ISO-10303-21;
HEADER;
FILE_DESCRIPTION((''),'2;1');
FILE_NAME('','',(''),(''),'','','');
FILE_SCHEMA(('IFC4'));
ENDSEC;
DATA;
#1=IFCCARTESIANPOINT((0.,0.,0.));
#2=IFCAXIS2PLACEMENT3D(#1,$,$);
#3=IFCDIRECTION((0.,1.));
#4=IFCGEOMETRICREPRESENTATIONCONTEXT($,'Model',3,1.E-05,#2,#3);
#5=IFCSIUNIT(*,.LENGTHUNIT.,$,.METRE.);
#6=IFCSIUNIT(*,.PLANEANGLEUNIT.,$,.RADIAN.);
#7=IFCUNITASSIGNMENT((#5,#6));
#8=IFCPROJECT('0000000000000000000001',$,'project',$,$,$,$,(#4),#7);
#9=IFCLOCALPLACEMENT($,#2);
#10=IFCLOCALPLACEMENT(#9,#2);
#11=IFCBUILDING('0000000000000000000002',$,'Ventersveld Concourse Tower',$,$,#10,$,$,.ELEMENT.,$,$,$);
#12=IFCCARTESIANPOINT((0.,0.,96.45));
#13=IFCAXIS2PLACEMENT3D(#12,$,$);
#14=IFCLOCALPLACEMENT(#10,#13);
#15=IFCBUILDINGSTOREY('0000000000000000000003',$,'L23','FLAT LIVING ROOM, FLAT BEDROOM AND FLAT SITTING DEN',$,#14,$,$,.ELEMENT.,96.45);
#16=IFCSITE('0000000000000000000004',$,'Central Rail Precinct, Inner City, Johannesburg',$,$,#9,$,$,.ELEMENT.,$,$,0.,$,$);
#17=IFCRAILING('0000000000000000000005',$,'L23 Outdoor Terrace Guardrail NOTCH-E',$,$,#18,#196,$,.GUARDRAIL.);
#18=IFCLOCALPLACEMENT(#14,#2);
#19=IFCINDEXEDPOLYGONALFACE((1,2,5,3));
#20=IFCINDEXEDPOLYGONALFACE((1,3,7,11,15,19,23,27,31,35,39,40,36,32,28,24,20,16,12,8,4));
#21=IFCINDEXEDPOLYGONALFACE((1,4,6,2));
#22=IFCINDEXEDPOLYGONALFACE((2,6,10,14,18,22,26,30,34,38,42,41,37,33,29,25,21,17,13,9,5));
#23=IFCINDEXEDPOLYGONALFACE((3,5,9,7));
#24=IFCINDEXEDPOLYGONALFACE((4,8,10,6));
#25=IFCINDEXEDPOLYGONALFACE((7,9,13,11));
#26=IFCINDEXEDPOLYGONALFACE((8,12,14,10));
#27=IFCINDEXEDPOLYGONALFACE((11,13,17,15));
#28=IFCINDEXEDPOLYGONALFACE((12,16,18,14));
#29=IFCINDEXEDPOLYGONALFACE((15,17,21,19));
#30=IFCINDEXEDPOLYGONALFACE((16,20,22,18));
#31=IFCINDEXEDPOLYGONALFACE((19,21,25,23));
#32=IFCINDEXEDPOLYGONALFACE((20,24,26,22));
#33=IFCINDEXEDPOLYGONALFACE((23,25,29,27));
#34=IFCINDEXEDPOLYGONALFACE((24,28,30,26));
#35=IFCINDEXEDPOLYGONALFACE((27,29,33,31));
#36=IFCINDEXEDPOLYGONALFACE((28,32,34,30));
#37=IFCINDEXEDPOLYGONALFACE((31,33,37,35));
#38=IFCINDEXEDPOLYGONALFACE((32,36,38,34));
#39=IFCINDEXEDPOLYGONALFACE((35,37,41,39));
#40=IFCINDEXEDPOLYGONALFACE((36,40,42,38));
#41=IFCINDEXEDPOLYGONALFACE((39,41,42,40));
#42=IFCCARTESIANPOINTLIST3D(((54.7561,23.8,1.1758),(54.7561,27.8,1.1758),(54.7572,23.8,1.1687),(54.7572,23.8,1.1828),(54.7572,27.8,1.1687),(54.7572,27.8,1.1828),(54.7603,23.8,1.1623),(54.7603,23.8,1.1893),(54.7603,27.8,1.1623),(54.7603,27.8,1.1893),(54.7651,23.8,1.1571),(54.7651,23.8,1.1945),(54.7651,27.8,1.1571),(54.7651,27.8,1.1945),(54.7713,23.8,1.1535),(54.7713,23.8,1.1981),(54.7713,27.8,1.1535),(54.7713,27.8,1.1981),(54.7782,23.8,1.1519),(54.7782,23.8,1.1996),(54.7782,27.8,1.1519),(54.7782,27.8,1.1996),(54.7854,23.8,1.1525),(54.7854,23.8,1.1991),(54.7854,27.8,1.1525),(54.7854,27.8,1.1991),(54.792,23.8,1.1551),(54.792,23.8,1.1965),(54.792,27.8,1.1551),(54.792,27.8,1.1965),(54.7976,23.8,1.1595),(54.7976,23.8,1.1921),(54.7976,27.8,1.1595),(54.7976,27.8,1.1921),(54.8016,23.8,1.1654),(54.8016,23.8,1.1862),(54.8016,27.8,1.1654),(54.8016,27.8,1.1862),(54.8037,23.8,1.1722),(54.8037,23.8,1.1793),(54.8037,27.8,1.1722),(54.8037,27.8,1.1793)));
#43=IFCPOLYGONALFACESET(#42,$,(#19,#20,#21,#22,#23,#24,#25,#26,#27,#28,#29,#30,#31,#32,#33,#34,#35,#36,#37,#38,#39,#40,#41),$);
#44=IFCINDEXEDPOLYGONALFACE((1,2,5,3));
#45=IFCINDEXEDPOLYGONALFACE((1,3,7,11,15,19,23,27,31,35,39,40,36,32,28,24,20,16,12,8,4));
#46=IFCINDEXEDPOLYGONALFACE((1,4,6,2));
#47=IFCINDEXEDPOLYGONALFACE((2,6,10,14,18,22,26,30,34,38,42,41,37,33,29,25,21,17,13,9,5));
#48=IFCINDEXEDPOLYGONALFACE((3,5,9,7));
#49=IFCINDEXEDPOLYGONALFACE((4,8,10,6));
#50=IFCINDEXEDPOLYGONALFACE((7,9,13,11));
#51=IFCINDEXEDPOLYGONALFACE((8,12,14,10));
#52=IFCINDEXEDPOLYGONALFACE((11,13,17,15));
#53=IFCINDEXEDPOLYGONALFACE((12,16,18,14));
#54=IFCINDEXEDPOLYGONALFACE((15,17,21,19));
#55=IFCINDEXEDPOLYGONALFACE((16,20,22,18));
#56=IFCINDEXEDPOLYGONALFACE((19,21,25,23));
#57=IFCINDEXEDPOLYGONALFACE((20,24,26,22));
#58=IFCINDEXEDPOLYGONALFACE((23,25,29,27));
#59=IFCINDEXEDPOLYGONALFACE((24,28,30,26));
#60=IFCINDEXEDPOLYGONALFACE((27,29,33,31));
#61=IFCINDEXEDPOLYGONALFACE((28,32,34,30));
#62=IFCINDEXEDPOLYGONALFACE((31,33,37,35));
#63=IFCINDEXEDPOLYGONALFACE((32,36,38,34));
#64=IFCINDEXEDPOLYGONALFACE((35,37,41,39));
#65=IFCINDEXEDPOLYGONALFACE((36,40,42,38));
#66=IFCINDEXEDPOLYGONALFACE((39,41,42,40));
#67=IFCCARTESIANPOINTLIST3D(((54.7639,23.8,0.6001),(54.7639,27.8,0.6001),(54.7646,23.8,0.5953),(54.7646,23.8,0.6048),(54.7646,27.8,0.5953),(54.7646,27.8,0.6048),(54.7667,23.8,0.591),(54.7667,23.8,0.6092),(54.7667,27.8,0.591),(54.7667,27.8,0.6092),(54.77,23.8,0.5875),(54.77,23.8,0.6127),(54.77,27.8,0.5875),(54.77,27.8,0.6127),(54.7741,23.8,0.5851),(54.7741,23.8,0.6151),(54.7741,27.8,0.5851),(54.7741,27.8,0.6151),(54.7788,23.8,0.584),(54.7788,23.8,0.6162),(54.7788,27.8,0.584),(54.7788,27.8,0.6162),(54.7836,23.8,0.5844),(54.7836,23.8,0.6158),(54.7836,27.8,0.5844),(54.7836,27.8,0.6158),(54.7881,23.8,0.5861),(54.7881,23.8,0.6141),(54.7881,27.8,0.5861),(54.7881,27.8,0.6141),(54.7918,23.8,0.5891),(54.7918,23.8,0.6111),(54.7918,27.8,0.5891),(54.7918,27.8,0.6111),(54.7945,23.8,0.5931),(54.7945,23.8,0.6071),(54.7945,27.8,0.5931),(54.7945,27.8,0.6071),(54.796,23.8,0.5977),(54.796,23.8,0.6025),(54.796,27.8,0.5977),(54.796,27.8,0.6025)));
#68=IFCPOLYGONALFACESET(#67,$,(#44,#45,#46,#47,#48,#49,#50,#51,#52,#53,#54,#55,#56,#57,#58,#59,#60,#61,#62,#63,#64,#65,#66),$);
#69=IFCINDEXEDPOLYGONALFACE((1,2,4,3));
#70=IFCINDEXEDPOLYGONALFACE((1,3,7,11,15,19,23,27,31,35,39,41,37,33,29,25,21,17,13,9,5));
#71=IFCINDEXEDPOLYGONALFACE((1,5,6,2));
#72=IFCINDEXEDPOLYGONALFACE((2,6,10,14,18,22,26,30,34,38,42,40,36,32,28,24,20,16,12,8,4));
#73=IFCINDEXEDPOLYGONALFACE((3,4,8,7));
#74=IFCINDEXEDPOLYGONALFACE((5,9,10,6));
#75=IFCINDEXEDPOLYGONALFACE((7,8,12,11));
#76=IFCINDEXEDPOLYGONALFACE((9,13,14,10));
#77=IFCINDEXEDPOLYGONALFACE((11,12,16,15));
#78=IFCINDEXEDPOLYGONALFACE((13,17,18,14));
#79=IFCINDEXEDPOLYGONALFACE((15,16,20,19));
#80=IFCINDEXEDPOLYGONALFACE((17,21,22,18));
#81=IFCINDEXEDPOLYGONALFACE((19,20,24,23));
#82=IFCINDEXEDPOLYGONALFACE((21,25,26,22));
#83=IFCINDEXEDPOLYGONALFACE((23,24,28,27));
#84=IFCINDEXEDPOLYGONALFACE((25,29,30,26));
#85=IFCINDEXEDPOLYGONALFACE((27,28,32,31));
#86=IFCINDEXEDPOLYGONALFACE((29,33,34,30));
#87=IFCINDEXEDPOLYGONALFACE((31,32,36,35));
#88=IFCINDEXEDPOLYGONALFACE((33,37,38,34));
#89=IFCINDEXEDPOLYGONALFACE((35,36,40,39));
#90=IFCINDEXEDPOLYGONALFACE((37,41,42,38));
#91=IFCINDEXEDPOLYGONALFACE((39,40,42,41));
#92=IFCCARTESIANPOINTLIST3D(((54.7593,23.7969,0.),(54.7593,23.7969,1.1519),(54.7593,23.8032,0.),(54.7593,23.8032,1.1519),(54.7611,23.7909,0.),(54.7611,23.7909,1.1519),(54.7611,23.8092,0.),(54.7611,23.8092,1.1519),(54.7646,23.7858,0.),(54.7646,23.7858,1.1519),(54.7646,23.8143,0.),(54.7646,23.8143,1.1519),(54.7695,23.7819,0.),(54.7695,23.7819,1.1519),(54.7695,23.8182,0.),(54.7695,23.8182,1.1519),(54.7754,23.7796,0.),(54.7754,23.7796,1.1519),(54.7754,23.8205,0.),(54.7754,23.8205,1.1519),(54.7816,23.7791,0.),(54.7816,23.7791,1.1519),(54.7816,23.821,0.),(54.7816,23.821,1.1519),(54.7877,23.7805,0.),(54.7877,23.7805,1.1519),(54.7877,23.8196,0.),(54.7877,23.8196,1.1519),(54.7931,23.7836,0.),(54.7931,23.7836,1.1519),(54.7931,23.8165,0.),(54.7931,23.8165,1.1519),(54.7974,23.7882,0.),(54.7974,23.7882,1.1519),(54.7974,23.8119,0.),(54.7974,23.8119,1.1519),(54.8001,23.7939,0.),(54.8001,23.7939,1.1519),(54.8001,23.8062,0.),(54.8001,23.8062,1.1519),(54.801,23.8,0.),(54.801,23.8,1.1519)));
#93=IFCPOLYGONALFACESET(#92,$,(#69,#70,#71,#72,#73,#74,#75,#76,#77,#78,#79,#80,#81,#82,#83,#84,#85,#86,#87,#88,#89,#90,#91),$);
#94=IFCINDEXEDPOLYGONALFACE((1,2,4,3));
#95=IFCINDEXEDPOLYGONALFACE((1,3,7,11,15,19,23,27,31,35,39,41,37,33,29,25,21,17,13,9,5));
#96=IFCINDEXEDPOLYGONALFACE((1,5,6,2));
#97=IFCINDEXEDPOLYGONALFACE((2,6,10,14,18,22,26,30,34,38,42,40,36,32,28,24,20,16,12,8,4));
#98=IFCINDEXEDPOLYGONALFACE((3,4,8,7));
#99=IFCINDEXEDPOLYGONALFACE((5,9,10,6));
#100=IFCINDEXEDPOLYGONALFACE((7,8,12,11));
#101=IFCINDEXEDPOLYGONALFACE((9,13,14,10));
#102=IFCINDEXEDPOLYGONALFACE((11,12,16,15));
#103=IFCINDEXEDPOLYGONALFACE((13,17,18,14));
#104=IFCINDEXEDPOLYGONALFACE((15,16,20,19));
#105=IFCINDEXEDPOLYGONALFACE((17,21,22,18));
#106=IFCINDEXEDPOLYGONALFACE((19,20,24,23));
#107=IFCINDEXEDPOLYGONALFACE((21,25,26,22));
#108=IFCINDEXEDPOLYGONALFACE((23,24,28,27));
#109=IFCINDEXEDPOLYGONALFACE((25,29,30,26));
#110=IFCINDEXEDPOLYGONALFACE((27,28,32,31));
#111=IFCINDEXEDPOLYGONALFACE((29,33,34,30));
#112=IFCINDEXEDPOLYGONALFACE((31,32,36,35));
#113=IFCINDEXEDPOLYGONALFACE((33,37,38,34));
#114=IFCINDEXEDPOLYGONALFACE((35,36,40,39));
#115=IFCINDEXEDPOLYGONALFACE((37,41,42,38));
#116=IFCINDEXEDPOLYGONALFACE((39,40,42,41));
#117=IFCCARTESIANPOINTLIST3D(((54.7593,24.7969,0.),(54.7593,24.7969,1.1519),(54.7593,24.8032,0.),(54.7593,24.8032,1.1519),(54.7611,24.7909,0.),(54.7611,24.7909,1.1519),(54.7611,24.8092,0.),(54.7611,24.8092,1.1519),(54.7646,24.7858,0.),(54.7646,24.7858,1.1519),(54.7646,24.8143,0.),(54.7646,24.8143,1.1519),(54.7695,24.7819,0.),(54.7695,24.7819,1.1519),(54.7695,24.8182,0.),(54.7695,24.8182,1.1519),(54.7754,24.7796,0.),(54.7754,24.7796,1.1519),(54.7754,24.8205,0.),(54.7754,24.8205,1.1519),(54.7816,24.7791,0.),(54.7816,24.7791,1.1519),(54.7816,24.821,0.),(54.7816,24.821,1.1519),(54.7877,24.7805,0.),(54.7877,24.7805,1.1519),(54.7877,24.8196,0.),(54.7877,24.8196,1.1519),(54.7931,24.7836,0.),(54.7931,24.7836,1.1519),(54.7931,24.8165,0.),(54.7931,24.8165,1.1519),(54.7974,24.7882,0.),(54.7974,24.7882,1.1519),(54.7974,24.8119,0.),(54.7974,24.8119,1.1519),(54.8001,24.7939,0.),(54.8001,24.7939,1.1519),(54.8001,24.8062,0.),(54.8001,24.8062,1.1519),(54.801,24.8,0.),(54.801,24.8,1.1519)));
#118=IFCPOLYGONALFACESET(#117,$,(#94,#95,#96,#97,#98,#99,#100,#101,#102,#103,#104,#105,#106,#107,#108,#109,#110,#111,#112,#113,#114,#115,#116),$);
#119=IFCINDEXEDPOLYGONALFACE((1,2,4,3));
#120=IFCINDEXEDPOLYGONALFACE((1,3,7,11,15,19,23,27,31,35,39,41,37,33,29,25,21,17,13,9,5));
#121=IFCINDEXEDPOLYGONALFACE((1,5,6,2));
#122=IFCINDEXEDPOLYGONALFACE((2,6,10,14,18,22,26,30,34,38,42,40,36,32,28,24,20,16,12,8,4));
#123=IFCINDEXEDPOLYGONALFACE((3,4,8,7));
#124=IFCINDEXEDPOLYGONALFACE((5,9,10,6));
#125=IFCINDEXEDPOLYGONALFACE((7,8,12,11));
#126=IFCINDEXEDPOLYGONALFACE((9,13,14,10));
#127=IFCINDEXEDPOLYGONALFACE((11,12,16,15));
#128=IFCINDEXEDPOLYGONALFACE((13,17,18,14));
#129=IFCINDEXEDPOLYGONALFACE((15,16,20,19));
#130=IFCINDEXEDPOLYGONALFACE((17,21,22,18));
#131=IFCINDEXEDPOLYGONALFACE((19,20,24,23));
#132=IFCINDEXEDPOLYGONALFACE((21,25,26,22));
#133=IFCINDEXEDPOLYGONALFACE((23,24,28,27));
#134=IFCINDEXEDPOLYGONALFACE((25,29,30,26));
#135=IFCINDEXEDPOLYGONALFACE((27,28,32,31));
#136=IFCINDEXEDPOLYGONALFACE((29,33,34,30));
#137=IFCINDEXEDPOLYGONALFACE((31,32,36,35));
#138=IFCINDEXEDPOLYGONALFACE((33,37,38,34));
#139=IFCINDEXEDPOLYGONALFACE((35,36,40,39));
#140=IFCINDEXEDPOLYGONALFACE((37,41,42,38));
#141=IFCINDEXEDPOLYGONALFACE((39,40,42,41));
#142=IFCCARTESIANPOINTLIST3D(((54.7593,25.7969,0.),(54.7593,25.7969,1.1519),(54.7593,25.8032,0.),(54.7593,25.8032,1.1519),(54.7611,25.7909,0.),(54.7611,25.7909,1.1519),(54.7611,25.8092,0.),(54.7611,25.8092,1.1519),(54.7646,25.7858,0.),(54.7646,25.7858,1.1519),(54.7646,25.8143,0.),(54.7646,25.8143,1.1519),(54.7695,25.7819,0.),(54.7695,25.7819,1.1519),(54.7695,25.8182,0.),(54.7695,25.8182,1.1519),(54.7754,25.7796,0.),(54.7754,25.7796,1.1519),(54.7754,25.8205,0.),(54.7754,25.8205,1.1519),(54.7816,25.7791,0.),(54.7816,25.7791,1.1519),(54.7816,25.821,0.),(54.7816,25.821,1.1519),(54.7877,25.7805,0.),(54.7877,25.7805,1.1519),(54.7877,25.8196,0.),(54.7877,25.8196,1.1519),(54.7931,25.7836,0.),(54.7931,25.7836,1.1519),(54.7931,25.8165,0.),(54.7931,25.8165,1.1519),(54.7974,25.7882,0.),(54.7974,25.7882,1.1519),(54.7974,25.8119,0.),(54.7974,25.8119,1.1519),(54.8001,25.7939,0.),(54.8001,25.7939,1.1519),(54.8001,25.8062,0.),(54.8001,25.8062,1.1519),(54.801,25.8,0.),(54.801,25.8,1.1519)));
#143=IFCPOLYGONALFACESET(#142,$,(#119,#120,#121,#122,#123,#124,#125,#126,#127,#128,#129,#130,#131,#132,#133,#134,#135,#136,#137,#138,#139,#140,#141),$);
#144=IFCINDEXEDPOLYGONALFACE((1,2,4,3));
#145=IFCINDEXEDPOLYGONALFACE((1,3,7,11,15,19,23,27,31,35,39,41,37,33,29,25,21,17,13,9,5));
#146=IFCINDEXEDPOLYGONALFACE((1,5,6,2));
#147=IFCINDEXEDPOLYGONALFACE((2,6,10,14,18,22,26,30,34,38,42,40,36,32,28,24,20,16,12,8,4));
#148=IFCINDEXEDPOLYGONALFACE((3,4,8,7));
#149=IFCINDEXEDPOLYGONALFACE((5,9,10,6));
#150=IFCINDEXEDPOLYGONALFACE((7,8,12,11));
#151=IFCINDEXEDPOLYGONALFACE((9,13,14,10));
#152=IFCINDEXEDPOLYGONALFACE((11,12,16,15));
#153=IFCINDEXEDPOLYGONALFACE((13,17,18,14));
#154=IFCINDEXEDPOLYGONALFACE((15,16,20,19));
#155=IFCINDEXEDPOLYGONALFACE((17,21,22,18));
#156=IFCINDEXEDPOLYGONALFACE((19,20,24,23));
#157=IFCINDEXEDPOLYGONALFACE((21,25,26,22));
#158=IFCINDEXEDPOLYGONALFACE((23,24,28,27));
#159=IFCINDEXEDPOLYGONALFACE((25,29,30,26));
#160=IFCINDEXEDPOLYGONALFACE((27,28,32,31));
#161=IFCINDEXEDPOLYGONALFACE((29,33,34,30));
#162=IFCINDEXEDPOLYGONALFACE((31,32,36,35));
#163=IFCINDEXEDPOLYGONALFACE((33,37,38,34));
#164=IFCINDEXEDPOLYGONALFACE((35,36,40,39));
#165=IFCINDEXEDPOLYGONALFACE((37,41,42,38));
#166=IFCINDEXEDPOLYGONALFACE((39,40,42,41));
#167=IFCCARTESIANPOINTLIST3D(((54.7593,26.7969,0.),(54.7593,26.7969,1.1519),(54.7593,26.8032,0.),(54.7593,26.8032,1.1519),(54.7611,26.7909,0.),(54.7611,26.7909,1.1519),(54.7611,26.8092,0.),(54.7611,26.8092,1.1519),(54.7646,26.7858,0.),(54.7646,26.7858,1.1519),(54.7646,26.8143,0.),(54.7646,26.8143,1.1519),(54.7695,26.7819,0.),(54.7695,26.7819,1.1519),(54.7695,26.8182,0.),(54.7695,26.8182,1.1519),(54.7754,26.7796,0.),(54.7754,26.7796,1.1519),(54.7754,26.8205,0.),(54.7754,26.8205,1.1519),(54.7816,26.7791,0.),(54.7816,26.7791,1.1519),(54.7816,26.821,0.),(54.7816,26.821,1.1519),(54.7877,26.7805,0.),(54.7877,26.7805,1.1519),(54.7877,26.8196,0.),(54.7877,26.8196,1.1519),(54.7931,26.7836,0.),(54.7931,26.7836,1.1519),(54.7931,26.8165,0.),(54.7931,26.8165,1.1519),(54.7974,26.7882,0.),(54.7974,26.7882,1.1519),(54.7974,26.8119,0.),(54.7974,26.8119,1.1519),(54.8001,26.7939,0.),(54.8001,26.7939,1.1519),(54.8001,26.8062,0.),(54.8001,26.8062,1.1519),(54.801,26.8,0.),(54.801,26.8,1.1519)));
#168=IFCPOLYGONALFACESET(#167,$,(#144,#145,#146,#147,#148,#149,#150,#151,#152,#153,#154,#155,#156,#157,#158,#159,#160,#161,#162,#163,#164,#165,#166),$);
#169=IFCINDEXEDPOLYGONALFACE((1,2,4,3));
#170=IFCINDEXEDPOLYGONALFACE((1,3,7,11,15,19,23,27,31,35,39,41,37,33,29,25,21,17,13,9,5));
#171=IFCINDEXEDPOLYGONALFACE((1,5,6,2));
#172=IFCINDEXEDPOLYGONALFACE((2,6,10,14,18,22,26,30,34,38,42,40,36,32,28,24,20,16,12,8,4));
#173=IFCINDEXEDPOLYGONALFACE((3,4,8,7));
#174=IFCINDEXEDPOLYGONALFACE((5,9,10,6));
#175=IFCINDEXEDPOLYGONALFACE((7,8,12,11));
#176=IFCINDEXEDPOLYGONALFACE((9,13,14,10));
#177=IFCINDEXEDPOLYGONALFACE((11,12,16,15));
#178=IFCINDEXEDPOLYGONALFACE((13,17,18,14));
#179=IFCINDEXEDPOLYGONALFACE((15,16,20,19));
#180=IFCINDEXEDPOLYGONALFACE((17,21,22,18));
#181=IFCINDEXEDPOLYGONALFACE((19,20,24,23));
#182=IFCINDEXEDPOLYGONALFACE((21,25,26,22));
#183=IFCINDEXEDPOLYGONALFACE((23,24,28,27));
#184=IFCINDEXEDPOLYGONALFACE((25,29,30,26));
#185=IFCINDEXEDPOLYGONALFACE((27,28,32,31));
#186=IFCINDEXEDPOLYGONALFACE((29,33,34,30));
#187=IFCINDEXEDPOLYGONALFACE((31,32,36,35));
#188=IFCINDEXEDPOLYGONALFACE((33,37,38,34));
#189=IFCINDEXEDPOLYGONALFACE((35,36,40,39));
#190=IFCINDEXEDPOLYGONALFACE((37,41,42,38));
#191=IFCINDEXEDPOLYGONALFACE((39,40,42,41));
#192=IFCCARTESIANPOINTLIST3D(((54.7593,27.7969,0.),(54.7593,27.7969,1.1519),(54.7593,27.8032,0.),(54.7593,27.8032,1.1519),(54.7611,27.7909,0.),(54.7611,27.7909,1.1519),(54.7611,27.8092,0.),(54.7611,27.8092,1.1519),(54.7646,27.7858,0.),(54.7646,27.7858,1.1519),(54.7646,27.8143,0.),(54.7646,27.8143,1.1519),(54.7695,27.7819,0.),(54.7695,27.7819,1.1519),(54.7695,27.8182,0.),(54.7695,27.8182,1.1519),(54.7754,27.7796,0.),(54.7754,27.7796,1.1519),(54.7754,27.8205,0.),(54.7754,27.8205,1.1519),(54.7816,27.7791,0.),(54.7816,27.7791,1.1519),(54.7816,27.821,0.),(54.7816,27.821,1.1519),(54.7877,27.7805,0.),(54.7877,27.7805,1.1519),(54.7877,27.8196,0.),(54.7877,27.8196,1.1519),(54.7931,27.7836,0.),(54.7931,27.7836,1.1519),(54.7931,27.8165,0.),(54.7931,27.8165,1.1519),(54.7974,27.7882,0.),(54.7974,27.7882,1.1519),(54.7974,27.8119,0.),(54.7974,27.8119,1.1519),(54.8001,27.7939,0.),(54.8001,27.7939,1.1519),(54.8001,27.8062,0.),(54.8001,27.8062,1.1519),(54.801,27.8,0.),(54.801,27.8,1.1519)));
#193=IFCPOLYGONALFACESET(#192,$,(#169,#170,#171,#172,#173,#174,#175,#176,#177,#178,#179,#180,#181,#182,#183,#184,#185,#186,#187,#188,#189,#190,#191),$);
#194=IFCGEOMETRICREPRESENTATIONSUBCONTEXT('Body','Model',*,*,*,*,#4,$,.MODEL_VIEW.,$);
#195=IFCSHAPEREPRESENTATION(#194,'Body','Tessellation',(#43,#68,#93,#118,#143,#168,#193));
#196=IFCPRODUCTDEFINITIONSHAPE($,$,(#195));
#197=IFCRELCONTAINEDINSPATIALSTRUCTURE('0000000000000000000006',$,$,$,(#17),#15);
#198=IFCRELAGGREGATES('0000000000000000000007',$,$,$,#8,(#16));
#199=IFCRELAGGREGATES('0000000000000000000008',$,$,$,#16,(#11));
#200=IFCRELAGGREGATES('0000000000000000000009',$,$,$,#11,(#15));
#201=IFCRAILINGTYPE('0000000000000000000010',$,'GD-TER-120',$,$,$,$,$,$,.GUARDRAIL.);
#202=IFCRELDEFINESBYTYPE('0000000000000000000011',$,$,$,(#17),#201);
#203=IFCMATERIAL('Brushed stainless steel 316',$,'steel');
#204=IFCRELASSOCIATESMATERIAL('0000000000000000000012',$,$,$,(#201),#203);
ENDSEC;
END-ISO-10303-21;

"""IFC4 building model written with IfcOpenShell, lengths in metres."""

from ifc_helpers import new_model, si_unit, direction, frame, origin, origin_2d, place, context, subcontext, project, spatial, circle, extrude, material, type_object, element, save


model = new_model("IFC4")

# Units and contexts
model_context = context("Model", 3, precision=1e-05, world=origin(), true_north=direction((0.0, 1.0)))
body_context = subcontext(model_context, "Body", "Model", "MODEL_VIEW")
ifc_project = project(units=[si_unit("LENGTHUNIT", "METRE"), si_unit("PLANEANGLEUNIT", "RADIAN")], contexts=[model_context])

# Site, building, storey
site_placement = place(None, origin())
site = spatial("IfcSite", under=ifc_project, at=site_placement, Name="Central Rail Precinct, Inner City, Johannesburg", CompositionType="ELEMENT", RefElevation=0.0)
building_placement = place(site_placement, origin())
building = spatial("IfcBuilding", under=site, at=building_placement, Name="Ventersveld Concourse Tower", CompositionType="ELEMENT")
storey_placement = place(building_placement, frame((0.0, 0.0, 96.45)))
storey = spatial("IfcBuildingStorey", under=building, at=storey_placement, Name="L23", Description="FLAT LIVING ROOM, FLAT BEDROOM AND FLAT SITTING DEN", CompositionType="ELEMENT", Elevation=96.45)

# Railing
ifc_material_1 = material(Name="Brushed stainless steel 316", Category="steel")
railing_type = type_object("IfcRailingType", Name="GD-TER-120", PredefinedType="GUARDRAIL", material=ifc_material_1)
railing_placement = place(storey_placement, frame((54.78, 23.8, 0.0)))
element("IfcRailing", 1, at=railing_placement, inside=storey, type_object=railing_type, Name="L23 Outdoor Terrace Guardrail NOTCH-E", PredefinedType="GUARDRAIL", context=body_context, shape_type="SweptSolid", body=[
    extrude(circle(Radius=0.0239, at=origin_2d()), frame((0.0, 0.0, 1.1758), z_axis=(0.0, 1.0, 0.0), x_axis=(-1.0, 0.0, 0.0)), (0.0, 0.0, 1.0), 4.0),
    extrude(circle(Radius=0.0161, at=origin_2d()), frame((0.0, 0.0, 0.6001), z_axis=(0.0, 1.0, 0.0), x_axis=(-1.0, 0.0, 0.0)), (0.0, 0.0, 1.0), 4.0),
    extrude(circle(Radius=0.021, at=origin_2d()), origin(), (0.0, 0.0, 1.0), 1.1519),
    extrude(circle(Radius=0.021, at=origin_2d()), frame((0.0, 1.0, 0.0)), (0.0, 0.0, 1.0), 1.1519),
    extrude(circle(Radius=0.021, at=origin_2d()), frame((0.0, 2.0, 0.0)), (0.0, 0.0, 1.0), 1.1519),
    extrude(circle(Radius=0.021, at=origin_2d()), frame((0.0, 3.0, 0.0)), (0.0, 0.0, 1.0), 1.1519),
    extrude(circle(Radius=0.021, at=origin_2d()), frame((0.0, 4.0, 0.0)), (0.0, 0.0, 1.0), 1.1519),
])

save(model, "model.ifc")
